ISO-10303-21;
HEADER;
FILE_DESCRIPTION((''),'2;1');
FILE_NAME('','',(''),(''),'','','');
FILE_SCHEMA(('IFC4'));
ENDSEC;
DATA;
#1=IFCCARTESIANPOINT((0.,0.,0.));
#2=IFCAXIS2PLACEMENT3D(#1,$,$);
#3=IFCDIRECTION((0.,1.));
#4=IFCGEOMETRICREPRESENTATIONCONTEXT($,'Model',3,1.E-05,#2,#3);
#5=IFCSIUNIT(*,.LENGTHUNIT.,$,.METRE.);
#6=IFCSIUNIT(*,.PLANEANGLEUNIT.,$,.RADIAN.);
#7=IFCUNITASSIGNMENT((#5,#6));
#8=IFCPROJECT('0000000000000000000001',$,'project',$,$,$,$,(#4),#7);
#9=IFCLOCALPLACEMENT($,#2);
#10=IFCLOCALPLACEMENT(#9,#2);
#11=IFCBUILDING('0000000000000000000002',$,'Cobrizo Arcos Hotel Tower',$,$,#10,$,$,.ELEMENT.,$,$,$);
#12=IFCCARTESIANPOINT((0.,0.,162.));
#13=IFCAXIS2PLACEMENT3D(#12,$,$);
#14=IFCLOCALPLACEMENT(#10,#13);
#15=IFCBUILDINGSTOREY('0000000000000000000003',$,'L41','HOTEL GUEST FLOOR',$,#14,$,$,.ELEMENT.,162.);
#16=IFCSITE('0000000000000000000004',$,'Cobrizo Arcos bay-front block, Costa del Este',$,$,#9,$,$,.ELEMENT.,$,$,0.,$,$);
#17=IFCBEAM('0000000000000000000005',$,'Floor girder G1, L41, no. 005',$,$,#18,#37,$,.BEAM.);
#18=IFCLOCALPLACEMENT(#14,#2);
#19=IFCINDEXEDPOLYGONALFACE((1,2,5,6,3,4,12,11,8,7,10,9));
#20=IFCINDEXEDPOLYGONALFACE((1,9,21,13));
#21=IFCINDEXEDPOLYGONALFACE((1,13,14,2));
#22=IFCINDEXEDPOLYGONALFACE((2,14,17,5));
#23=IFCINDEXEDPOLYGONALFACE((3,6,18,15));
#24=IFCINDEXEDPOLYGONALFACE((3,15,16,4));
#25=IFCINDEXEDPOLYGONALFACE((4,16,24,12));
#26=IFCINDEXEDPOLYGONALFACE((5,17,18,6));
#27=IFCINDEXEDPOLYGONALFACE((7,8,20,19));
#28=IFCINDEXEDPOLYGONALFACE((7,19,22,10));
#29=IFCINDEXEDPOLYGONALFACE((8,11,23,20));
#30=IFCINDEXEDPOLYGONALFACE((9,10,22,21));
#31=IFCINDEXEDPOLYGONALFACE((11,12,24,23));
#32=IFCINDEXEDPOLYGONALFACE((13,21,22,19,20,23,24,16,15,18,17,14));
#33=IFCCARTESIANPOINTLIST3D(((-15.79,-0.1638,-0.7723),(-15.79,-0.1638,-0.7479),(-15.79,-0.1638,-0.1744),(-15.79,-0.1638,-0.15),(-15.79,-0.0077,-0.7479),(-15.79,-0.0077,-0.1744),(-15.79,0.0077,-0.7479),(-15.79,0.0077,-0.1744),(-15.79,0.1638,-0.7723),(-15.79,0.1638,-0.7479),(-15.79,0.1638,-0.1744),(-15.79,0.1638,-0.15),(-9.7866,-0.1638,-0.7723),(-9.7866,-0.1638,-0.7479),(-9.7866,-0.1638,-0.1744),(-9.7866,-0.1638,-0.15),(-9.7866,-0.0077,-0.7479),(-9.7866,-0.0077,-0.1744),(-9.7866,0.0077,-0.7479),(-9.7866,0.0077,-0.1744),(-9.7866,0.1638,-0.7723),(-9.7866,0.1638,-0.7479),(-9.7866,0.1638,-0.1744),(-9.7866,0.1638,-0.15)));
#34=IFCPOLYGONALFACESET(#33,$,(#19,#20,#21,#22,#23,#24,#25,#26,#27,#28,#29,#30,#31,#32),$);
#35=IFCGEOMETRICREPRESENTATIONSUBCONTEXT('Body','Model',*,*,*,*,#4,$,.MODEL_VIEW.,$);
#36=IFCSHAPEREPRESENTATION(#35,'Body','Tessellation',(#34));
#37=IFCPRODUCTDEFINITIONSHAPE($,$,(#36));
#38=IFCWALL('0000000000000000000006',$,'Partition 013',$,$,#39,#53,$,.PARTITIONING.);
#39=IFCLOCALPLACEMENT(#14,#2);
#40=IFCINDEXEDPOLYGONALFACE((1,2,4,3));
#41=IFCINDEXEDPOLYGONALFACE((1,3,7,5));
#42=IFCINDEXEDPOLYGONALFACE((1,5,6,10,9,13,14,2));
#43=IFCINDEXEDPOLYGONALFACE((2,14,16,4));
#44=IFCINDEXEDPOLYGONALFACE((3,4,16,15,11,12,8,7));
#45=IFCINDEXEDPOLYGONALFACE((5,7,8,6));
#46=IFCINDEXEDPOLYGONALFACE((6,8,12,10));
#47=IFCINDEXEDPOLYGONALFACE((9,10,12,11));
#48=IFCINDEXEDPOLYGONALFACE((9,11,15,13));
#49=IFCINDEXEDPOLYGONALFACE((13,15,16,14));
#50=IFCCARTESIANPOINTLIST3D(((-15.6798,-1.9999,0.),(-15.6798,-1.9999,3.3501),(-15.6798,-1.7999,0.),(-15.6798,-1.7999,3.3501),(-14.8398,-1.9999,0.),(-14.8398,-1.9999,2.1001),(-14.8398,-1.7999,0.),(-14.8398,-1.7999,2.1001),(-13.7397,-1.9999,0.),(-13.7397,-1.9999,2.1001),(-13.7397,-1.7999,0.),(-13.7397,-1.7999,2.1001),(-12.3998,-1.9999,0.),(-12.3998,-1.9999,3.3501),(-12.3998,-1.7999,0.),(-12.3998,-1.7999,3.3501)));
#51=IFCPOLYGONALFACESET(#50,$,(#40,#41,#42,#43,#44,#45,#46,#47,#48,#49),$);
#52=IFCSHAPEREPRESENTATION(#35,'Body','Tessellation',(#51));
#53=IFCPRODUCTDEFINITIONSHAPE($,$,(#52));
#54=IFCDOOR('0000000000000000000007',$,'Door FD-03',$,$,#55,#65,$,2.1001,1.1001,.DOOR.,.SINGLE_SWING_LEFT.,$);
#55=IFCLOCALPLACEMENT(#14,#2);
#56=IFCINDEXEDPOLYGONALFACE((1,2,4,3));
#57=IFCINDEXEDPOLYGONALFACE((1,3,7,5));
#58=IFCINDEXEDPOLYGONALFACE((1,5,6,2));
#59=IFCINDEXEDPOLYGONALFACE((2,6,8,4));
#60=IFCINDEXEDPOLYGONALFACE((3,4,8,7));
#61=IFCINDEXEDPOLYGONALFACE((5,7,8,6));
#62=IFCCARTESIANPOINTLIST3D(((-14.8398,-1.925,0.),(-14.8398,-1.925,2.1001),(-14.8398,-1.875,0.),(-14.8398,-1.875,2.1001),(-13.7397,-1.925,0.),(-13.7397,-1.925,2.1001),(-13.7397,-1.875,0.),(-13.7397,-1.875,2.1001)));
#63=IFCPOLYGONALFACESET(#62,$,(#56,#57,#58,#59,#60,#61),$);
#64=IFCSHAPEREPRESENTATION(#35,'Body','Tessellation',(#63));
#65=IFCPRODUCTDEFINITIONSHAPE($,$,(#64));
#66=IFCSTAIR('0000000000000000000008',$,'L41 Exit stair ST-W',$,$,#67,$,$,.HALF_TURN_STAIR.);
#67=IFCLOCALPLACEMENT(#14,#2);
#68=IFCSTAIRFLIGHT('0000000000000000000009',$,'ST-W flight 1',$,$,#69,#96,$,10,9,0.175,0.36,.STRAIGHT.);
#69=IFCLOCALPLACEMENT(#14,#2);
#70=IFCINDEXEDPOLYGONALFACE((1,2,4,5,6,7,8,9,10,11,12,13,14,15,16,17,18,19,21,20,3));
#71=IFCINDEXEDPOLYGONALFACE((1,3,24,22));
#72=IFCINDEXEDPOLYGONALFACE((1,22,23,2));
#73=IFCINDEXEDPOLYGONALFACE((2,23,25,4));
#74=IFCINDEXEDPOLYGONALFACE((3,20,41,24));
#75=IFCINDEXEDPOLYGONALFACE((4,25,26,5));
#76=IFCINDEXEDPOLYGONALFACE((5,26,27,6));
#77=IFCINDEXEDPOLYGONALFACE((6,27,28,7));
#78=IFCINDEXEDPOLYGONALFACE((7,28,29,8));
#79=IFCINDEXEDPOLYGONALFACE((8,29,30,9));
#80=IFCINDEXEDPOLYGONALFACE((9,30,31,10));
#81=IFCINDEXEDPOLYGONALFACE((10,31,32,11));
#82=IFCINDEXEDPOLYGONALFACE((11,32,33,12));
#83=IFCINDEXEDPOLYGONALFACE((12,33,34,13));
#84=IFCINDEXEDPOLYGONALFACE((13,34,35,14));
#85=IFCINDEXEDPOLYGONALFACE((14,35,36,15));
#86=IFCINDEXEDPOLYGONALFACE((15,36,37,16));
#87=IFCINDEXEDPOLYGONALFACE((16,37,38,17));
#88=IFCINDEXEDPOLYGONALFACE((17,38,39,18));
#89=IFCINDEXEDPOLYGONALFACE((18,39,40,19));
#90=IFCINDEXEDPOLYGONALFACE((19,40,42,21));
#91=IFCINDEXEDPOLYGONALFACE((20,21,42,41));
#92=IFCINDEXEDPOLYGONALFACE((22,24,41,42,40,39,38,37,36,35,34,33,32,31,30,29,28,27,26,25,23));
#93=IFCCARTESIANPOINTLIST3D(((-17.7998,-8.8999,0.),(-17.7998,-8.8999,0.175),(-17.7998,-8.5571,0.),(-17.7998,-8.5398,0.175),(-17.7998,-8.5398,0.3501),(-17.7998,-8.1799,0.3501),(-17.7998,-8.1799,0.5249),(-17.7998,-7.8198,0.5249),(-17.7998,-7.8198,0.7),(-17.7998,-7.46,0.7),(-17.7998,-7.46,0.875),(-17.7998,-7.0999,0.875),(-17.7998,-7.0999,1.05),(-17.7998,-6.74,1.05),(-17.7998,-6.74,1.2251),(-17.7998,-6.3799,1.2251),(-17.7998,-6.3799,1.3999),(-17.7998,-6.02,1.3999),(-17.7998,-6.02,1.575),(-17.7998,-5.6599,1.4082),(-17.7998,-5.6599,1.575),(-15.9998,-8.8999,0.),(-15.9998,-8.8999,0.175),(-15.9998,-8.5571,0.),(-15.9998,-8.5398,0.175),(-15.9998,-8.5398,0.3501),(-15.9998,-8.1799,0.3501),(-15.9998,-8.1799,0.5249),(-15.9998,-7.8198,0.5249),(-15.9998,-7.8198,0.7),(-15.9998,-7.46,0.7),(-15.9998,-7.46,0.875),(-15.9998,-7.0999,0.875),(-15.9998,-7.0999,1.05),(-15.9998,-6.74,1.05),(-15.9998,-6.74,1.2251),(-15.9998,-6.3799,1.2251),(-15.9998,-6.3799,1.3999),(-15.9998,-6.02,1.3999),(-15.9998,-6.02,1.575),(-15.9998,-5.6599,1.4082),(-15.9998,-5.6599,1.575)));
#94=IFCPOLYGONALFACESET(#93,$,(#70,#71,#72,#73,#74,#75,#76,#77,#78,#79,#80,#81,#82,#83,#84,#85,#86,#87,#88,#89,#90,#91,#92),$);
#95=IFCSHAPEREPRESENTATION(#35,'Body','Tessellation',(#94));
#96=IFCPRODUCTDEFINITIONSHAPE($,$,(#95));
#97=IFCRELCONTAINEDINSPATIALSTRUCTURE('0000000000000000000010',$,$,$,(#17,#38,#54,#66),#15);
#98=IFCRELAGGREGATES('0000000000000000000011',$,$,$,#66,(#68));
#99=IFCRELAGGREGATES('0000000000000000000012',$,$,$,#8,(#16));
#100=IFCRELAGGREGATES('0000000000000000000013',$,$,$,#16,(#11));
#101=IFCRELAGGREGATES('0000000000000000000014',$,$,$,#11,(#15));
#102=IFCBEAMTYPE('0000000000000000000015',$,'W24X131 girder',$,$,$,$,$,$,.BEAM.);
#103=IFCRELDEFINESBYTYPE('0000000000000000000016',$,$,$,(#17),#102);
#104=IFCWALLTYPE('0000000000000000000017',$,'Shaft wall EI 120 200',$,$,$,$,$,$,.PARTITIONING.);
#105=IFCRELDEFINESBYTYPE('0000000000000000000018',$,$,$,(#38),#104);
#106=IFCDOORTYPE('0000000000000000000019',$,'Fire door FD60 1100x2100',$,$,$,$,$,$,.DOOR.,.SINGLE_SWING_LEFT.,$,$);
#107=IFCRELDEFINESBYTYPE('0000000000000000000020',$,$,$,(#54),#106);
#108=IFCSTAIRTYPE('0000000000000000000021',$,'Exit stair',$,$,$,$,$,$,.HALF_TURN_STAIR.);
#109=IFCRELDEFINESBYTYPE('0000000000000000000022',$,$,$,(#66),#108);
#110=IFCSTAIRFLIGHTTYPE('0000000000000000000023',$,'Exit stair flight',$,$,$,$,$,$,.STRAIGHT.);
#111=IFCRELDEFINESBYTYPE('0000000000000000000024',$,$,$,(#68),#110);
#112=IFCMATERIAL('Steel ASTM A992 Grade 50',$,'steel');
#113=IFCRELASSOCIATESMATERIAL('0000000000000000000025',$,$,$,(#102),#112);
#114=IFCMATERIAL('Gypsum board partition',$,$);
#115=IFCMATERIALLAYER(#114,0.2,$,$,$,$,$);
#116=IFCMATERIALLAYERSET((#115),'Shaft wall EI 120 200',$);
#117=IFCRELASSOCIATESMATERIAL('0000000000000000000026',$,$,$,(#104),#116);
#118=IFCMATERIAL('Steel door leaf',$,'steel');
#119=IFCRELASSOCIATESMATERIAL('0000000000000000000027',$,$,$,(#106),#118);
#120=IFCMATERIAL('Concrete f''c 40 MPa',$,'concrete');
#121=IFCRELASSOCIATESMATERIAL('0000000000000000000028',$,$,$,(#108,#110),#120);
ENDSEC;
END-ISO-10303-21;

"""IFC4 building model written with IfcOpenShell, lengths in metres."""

from ifc_helpers import new_model, si_unit, direction, frame, frame_2d, origin, origin_2d, place, context, subcontext, project, spatial, polyline, rectangle, i_section, outline, extrude, material, layer, layer_set, material_profile, profile_set, type_object, element, fill, aggregate, save


model = new_model("IFC4")

# Units and contexts
model_context = context("Model", 3, precision=1e-05, world=origin(), true_north=direction((0.0, 1.0)))
body_context = subcontext(model_context, "Body", "Model", "MODEL_VIEW")
ifc_project = project(units=[si_unit("LENGTHUNIT", "METRE"), si_unit("PLANEANGLEUNIT", "RADIAN")], contexts=[model_context])

# Site, building, storey
site_placement = place(None, origin())
site = spatial("IfcSite", under=ifc_project, at=site_placement, Name="Cobrizo Arcos bay-front block, Costa del Este", CompositionType="ELEMENT", RefElevation=0.0)
building_placement = place(site_placement, origin())
building = spatial("IfcBuilding", under=site, at=building_placement, Name="Cobrizo Arcos Hotel Tower", CompositionType="ELEMENT")
storey_placement = place(building_placement, frame((0.0, 0.0, 162.0)))
storey = spatial("IfcBuildingStorey", under=building, at=storey_placement, Name="L41", Description="HOTEL GUEST FLOOR", CompositionType="ELEMENT", Elevation=162.0)

# Beam
ifc_material_1 = material(Name="Steel ASTM A992 Grade 50", Category="steel")
ifc_material_profile = material_profile(ifc_material_1, i_section(OverallWidth=0.3276, OverallDepth=0.6223, WebThickness=0.0154, FlangeThickness=0.0244, at=origin_2d()), Name="W24X131")
ifc_profile_set = profile_set([ifc_material_profile], Name="Steel ASTM A992 Grade 50")
beam_type = type_object("IfcBeamType", Name="W24X131 girder", PredefinedType="BEAM", material=ifc_profile_set)
beam_placement = place(storey_placement, frame((-15.79, 0.0, -0.4612), z_axis=(1.0, 0.0, 0.0), x_axis=(0.0, 1.0, 0.0)))
element("IfcBeam", 1, at=beam_placement, inside=storey, type_object=beam_type, Name="Floor girder G1, L41, no. 005", PredefinedType="BEAM", context=body_context, shape_type="SweptSolid", body=[
    extrude(i_section(OverallWidth=0.3276, OverallDepth=0.6223, WebThickness=0.0154, FlangeThickness=0.0244, at=origin_2d()), origin(), (0.0, 0.0, 1.0), 6.0034),
])

# Wall, opening, door
ifc_material_2 = material(Name="Gypsum board partition")
ifc_layer = layer(ifc_material_2, 0.2)
ifc_layer_set = layer_set([ifc_layer], Name="Shaft wall EI 120 200")
wall_type = type_object("IfcWallType", Name="Shaft wall EI 120 200", PredefinedType="PARTITIONING", material=ifc_layer_set)
wall_placement = place(storey_placement, frame((-15.6799, -1.8999, 0.0), z_axis=(0.0, 0.0, 1.0), x_axis=(1.0, 0.0, 0.0)))
wall = element("IfcWall", 2, at=wall_placement, inside=storey, type_object=wall_type, Name="Partition 013", PredefinedType="PARTITIONING", context=body_context, shape_type="SweptSolid", body=[
    extrude(rectangle(XDim=3.28, YDim=0.2, at=frame_2d((1.6401, 0.0))), origin(), (0.0, 0.0, 1.0), 3.3501),
])
opening_placement = place(wall_placement, frame((0.8401, 0.0, 0.0)))
opening = element("IfcOpeningElement", 3, at=opening_placement, cuts=wall, PredefinedType="OPENING", context=body_context, shape_type="SweptSolid", body=[
    extrude(rectangle(XDim=1.1001, YDim=2.1001, at=frame_2d((0.55, 1.05))), frame((0.0, 0.1121, 0.0), z_axis=(0.0, -1.0, 0.0), x_axis=(1.0, 0.0, 0.0)), (0.0, 0.0, 1.0), 0.2239),
])
ifc_material_3 = material(Name="Steel door leaf", Category="steel")
door_type = type_object("IfcDoorType", Name="Fire door FD60 1100x2100", OperationType="SINGLE_SWING_LEFT", PredefinedType="DOOR", material=ifc_material_3)
door_placement = place(opening_placement, origin())
door = element("IfcDoor", 4, at=door_placement, inside=storey, type_object=door_type, Name="Door FD-03", OperationType="SINGLE_SWING_LEFT", OverallHeight=2.1001, OverallWidth=1.1001, PredefinedType="DOOR", context=body_context, shape_type="SweptSolid", body=[
    extrude(rectangle(XDim=1.1001, YDim=2.1001, at=frame_2d((0.55, 1.05))), frame((0.0, 0.0249, 0.0), z_axis=(0.0, -1.0, 0.0), x_axis=(1.0, 0.0, 0.0)), (0.0, 0.0, 1.0), 0.05),
])
fill(opening, door)

# Stair, stair flight
ifc_material_4 = material(Name="Concrete f'c 40 MPa", Category="concrete")
stair_type = type_object("IfcStairType", Name="Exit stair", PredefinedType="HALF_TURN_STAIR", material=ifc_material_4)
stair_placement = place(storey_placement, origin())
stair = element("IfcStair", 5, at=stair_placement, inside=storey, type_object=stair_type, Name="L41 Exit stair ST-W", PredefinedType="HALF_TURN_STAIR")
stair_flight_type = type_object("IfcStairFlightType", Name="Exit stair flight", PredefinedType="STRAIGHT", material=ifc_material_4)
stair_flight_placement = place(storey_placement, frame((-16.8999, -8.8999, 0.0), z_axis=(0.0, 0.0, 1.0), x_axis=(0.0, 1.0, 0.0)))
stair_flight = element("IfcStairFlight", 6, at=stair_flight_placement, type_object=stair_flight_type, Name="ST-W flight 1", NumberOfRisers=10, NumberOfTreads=9, PredefinedType="STRAIGHT", RiserHeight=0.175, TreadLength=0.36, context=body_context, shape_type="SweptSolid", body=[
    extrude(outline(polyline([(0.0, 0.0), (0.0, 0.175), (0.3601, 0.175), (0.3601, 0.3501), (0.72, 0.3501), (0.72, 0.5249), (1.0801, 0.5249), (1.0801, 0.7), (1.4399, 0.7), (1.4399, 0.875), (1.8, 0.875), (1.8, 1.05), (2.1599, 1.05), (2.1599, 1.2251), (2.52, 1.2251), (2.52, 1.3999), (2.8799, 1.3999), (2.8799, 1.575), (3.24, 1.575), (3.24, 1.75), (3.24, 1.4082), (0.3428, 0.0), (0.0, 0.0)])), frame((0.0, 0.8999, 0.0), z_axis=(0.0, -1.0, 0.0), x_axis=(1.0, 0.0, 0.0)), (0.0, 0.0, 1.0), 1.8),
])
aggregate(stair, [stair_flight])

save(model, "model.ifc")
